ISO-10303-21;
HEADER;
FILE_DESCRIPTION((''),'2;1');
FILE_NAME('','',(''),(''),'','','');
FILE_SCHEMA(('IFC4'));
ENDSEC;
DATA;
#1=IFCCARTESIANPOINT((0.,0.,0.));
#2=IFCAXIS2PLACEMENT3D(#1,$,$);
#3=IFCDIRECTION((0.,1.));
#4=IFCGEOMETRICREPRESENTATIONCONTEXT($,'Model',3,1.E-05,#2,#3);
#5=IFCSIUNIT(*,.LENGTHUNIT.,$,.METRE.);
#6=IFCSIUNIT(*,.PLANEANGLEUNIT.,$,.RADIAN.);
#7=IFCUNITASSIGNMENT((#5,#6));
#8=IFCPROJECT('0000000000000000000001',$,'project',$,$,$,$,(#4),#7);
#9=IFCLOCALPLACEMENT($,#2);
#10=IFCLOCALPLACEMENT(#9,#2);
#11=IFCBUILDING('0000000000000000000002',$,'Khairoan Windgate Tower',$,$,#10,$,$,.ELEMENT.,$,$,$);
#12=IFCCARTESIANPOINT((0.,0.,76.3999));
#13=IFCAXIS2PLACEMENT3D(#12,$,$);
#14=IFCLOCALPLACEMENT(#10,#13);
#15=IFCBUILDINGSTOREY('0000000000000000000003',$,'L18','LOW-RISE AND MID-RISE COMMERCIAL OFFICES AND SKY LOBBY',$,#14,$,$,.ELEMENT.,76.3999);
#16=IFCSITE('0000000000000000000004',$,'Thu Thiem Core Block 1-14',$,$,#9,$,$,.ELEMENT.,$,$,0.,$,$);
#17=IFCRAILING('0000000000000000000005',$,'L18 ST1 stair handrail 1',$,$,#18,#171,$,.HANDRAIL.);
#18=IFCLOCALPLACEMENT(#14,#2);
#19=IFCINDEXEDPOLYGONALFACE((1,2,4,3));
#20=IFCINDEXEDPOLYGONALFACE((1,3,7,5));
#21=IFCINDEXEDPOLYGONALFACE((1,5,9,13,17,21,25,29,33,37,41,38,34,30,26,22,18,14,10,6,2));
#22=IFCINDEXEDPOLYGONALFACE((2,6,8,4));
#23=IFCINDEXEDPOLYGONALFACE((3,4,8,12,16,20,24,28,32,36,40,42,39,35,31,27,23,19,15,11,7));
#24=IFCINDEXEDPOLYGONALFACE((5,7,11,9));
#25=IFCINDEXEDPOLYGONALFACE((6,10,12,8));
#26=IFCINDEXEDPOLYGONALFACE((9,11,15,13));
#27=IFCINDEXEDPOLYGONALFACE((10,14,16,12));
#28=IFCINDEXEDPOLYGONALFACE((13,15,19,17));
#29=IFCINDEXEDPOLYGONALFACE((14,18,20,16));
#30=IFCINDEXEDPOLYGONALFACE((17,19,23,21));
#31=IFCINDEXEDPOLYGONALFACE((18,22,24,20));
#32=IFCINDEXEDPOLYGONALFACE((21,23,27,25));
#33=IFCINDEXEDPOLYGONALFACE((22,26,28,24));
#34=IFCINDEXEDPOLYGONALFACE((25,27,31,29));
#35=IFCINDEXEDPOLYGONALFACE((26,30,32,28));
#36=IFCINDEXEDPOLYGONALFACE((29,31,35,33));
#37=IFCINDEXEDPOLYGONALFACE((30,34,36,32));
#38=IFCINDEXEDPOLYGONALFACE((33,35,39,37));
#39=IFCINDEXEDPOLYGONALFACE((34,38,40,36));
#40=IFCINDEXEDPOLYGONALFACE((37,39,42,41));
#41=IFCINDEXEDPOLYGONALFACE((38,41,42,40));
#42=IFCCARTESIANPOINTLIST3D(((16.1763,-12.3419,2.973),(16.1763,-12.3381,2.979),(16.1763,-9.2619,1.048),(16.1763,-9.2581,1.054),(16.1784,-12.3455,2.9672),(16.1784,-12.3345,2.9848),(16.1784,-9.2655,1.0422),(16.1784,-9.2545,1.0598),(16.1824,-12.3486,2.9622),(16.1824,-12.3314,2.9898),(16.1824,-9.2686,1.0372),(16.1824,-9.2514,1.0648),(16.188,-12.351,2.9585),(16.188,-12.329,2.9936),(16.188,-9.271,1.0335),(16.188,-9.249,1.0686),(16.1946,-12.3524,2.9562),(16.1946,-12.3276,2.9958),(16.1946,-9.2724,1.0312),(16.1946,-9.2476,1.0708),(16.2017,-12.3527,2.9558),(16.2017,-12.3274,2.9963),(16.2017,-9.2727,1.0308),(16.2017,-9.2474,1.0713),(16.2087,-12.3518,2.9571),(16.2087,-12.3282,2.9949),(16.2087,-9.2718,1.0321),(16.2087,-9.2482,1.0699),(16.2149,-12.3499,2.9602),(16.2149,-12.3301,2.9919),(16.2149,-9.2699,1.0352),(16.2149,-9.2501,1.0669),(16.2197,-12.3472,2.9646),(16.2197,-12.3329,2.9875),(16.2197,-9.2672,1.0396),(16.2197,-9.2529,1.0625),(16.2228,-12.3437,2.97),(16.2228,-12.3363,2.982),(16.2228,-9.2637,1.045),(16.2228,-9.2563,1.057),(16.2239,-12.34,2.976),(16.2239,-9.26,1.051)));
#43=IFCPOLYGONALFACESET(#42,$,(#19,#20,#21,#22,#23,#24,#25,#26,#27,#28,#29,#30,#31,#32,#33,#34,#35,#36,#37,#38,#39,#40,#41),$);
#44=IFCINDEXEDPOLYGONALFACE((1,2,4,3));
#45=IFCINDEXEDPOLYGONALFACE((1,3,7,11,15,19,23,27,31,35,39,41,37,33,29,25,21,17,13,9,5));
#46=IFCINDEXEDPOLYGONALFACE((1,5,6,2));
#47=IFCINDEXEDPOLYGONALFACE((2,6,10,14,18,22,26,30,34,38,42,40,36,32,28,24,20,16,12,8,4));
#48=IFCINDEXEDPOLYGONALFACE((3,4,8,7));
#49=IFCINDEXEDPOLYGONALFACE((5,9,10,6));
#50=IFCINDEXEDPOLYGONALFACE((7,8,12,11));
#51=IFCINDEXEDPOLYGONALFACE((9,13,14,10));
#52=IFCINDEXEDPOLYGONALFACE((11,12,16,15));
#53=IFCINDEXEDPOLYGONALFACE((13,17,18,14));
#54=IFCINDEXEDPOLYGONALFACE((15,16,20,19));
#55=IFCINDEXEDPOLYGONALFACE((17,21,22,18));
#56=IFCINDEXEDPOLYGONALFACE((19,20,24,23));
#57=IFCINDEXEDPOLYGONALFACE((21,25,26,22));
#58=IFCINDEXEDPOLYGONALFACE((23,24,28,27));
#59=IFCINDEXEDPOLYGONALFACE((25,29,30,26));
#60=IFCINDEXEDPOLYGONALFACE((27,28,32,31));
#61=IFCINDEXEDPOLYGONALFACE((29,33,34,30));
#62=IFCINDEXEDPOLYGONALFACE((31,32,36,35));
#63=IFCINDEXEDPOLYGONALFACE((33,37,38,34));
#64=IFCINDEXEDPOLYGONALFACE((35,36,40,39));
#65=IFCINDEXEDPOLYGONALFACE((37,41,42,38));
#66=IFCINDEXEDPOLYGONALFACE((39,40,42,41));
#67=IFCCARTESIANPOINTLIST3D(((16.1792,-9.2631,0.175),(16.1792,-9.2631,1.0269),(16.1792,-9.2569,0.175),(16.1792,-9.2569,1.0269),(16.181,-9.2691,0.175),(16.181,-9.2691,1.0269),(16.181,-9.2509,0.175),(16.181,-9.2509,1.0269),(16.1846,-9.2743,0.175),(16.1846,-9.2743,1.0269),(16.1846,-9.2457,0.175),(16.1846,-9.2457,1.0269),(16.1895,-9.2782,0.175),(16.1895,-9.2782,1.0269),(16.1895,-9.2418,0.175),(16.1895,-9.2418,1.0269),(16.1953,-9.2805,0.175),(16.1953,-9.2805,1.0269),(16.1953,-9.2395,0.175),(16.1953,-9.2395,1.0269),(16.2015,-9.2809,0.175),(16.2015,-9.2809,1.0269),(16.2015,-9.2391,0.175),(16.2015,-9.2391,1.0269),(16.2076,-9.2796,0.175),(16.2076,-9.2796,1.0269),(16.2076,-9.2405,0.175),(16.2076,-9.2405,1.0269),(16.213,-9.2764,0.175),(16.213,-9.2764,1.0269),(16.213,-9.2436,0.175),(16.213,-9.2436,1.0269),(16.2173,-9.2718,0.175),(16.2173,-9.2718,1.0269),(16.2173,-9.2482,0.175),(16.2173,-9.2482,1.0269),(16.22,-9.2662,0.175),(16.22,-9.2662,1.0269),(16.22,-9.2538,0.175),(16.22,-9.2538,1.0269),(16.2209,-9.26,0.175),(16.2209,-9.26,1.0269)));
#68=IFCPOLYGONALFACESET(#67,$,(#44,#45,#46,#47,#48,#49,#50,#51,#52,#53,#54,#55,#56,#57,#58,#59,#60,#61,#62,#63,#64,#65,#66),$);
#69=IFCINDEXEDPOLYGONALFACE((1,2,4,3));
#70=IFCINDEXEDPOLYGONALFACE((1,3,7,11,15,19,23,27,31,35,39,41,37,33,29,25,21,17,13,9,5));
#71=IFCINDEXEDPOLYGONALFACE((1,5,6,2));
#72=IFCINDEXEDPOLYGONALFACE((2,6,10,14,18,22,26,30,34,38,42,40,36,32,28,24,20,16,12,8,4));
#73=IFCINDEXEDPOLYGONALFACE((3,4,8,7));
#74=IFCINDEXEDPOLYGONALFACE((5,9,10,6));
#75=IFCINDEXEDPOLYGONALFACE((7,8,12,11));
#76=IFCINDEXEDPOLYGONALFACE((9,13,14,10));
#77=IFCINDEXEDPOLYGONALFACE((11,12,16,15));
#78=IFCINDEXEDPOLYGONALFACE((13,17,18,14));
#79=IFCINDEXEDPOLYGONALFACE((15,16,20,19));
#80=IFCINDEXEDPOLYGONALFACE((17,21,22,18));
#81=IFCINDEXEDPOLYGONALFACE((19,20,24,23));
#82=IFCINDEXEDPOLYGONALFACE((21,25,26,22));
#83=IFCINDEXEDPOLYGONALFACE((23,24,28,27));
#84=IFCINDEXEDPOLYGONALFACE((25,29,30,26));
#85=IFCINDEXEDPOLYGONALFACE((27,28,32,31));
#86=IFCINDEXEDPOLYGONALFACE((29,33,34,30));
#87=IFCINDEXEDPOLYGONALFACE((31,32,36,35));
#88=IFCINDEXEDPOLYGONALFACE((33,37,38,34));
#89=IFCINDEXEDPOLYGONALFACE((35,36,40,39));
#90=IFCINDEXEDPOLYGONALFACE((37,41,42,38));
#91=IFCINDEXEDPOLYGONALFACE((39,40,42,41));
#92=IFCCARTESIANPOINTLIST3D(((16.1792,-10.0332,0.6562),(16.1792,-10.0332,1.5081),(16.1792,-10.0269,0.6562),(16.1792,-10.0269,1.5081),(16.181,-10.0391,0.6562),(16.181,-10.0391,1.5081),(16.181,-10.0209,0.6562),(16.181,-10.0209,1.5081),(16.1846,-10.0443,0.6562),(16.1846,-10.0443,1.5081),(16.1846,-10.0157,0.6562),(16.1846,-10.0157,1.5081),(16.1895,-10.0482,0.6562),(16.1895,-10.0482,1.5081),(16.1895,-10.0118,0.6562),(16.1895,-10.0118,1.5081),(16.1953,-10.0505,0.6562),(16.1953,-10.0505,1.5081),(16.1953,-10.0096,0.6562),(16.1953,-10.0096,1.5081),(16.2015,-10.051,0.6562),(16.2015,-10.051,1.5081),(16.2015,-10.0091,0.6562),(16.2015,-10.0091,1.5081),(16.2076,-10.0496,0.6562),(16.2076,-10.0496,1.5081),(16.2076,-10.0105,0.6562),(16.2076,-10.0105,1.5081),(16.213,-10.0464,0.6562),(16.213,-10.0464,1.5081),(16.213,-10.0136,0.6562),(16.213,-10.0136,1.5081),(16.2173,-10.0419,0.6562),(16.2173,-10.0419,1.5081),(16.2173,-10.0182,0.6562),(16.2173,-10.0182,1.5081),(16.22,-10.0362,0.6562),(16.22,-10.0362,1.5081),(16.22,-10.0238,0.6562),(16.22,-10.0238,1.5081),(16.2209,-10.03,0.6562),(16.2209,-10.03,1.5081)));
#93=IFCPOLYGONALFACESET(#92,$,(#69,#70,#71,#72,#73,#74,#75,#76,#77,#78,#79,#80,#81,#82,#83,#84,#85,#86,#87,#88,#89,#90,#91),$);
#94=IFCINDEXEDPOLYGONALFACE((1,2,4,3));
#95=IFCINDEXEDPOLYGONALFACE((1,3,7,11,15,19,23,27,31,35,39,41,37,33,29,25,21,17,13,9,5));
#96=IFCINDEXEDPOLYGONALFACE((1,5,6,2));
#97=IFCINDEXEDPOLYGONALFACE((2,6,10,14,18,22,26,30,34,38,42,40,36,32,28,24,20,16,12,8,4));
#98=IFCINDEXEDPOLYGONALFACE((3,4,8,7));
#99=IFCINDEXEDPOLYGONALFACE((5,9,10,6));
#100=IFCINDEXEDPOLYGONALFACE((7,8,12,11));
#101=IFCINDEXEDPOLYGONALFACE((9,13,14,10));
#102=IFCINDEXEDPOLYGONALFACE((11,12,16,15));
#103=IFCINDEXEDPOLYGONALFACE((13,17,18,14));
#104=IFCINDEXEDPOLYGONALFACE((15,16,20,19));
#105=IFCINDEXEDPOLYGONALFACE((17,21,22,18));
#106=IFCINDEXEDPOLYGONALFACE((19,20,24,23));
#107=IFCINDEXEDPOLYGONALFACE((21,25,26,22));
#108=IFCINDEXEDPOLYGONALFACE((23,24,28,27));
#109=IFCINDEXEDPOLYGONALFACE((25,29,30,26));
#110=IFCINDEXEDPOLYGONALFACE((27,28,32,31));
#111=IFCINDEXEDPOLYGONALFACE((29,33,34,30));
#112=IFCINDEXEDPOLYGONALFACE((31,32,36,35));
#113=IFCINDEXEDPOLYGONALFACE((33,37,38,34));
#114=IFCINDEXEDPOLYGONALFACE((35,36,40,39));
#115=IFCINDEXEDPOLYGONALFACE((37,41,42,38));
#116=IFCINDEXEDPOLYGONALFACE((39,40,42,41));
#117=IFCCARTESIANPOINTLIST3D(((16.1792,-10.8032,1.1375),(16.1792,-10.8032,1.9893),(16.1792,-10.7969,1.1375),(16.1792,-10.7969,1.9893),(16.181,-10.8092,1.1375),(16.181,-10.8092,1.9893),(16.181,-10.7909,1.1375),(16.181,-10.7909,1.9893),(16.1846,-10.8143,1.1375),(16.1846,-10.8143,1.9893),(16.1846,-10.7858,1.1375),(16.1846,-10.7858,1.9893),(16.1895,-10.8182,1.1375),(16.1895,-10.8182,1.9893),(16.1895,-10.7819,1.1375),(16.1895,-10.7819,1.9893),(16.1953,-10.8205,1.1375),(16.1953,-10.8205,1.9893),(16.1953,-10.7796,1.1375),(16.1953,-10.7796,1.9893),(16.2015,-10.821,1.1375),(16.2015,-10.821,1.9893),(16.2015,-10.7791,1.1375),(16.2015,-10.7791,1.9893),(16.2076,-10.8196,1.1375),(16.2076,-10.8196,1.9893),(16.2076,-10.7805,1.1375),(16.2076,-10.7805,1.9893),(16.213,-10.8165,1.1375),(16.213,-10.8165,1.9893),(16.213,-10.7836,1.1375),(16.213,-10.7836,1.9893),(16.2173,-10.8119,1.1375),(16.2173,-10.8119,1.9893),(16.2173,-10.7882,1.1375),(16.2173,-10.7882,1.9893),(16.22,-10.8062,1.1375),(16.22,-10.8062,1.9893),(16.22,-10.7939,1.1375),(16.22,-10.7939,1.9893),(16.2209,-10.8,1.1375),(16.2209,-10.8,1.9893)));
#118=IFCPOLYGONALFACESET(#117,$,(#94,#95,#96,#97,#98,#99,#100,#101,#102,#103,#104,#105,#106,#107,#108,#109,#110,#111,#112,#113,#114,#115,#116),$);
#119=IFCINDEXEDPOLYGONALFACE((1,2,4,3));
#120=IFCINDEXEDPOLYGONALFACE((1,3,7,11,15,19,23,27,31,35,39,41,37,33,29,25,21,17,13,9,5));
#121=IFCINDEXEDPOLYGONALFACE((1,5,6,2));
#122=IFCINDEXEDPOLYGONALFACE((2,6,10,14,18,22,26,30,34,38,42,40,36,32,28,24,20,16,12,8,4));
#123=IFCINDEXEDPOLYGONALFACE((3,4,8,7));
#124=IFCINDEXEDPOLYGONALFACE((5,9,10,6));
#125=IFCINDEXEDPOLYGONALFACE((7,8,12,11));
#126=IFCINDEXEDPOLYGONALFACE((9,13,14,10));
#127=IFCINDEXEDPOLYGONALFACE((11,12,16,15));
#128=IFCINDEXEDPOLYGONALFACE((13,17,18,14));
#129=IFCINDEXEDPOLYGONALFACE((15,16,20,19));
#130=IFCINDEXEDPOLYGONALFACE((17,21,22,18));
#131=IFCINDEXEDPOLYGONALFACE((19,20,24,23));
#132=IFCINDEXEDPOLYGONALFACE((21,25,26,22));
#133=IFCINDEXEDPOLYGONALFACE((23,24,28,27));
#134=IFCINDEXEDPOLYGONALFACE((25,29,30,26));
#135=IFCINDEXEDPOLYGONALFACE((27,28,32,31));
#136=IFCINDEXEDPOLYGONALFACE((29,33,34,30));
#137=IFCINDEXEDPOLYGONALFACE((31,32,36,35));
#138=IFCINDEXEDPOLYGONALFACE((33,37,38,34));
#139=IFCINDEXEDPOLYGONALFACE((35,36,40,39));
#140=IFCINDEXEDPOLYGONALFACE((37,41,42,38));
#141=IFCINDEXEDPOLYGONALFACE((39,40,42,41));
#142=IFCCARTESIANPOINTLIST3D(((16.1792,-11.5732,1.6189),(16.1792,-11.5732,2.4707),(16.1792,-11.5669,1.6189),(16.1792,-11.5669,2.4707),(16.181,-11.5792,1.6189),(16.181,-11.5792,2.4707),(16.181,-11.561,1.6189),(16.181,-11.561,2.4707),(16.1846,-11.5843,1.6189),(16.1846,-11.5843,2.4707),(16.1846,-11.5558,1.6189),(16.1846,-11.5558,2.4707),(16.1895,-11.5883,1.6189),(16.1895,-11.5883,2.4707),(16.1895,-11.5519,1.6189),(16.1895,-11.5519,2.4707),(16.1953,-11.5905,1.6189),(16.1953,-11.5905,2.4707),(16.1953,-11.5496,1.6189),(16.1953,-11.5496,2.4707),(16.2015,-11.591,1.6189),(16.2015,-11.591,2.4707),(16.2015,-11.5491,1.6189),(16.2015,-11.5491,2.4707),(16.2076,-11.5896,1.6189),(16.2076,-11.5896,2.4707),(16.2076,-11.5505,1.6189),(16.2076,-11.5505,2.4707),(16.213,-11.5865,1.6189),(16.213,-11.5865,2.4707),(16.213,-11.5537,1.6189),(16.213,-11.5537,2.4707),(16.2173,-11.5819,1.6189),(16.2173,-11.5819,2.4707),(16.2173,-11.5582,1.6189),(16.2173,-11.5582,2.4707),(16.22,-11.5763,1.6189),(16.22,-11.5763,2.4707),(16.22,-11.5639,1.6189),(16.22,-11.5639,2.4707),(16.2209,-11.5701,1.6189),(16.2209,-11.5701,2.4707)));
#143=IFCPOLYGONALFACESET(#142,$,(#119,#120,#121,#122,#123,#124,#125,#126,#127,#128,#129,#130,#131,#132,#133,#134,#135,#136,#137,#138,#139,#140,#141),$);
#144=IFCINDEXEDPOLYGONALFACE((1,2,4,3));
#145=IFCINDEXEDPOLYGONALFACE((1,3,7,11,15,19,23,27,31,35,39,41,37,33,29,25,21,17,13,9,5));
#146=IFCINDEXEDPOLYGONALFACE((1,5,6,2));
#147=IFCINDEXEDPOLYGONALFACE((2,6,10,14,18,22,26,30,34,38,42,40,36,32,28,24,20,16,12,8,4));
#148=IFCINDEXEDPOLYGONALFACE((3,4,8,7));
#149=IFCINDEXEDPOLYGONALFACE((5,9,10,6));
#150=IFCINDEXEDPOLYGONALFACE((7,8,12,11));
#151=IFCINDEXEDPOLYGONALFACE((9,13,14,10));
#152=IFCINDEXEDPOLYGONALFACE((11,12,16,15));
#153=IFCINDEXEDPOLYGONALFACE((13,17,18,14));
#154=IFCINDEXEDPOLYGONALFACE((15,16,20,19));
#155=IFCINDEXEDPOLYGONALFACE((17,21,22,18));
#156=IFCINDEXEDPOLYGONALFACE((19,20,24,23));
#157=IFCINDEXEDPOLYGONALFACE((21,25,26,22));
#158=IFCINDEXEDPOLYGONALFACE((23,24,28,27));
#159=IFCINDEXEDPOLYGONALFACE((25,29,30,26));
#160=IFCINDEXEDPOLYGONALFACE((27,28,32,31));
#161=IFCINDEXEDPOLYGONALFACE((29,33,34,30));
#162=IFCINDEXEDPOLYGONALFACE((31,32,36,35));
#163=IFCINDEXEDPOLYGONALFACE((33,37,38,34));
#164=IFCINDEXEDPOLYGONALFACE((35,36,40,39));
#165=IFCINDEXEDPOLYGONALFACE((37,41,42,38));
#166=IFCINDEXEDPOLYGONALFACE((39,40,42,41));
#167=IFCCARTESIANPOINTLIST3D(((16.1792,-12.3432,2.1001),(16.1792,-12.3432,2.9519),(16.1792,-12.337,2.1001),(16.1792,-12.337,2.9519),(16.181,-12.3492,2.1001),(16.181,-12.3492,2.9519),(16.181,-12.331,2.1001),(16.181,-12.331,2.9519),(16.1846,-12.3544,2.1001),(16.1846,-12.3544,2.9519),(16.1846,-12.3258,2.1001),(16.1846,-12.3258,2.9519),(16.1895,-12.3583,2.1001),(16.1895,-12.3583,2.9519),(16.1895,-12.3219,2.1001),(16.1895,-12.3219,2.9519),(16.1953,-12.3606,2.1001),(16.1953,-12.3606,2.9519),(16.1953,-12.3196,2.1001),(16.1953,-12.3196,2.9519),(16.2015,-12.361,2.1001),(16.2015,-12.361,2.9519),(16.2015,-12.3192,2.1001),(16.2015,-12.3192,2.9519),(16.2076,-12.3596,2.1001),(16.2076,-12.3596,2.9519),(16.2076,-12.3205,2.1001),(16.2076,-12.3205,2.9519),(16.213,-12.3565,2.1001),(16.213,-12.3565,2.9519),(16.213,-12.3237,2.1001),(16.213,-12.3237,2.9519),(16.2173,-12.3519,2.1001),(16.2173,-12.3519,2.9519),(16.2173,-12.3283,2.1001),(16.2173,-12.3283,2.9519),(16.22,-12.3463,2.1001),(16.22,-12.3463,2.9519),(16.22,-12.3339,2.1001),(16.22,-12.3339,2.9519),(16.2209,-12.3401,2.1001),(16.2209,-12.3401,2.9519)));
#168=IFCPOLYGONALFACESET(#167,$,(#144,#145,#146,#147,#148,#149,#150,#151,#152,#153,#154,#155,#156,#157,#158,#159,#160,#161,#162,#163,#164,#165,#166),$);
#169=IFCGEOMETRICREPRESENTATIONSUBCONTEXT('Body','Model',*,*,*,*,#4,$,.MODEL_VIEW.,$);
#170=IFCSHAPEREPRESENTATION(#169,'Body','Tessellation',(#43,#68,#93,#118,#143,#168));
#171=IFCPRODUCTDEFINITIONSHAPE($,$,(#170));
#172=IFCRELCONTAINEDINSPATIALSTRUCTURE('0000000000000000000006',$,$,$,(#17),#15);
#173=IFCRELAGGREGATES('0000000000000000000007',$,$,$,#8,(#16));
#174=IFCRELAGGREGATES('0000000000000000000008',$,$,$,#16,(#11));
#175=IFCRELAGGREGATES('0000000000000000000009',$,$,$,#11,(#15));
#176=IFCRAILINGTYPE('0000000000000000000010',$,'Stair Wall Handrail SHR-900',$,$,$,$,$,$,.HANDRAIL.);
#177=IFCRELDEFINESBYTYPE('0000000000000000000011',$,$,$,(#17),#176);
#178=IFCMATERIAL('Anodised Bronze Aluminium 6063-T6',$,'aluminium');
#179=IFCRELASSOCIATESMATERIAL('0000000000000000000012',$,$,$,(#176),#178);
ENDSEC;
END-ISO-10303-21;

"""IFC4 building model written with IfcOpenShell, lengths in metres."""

from ifc_helpers import new_model, si_unit, direction, frame, origin, origin_2d, place, context, subcontext, project, spatial, circle, extrude, material, type_object, element, save


model = new_model("IFC4")

# Units and contexts
model_context = context("Model", 3, precision=1e-05, world=origin(), true_north=direction((0.0, 1.0)))
body_context = subcontext(model_context, "Body", "Model", "MODEL_VIEW")
ifc_project = project(units=[si_unit("LENGTHUNIT", "METRE"), si_unit("PLANEANGLEUNIT", "RADIAN")], contexts=[model_context])

# Site, building, storey
site_placement = place(None, origin())
site = spatial("IfcSite", under=ifc_project, at=site_placement, Name="Thu Thiem Core Block 1-14", CompositionType="ELEMENT", RefElevation=0.0)
building_placement = place(site_placement, origin())
building = spatial("IfcBuilding", under=site, at=building_placement, Name="Khairoan Windgate Tower", CompositionType="ELEMENT")
storey_placement = place(building_placement, frame((0.0, 0.0, 76.3999)))
storey = spatial("IfcBuildingStorey", under=building, at=storey_placement, Name="L18", Description="LOW-RISE AND MID-RISE COMMERCIAL OFFICES AND SKY LOBBY", CompositionType="ELEMENT", Elevation=76.3999)

# Railing
ifc_material_1 = material(Name="Anodised Bronze Aluminium 6063-T6", Category="aluminium")
railing_type_1 = type_object("IfcRailingType", Name="Stair Wall Handrail SHR-900", PredefinedType="HANDRAIL", material=ifc_material_1)
railing_1_placement = place(storey_placement, frame((16.2, -9.26, 0.175)))
element("IfcRailing", 1, at=railing_1_placement, inside=storey, type_object=railing_type_1, Name="L18 ST1 stair handrail 1", PredefinedType="HANDRAIL", context=body_context, shape_type="SweptSolid", body=[
    extrude(circle(Radius=0.0239, at=origin_2d()), frame((0.0, 0.0, 0.876), z_axis=(0.0, -0.847998, 0.529999), x_axis=(1.0, 0.0, 0.0)), (0.0, 0.0, 1.0), 3.6321),
    extrude(circle(Radius=0.021, at=origin_2d()), origin(), (0.0, 0.0, 1.0), 0.8518),
    extrude(circle(Radius=0.021, at=origin_2d()), frame((0.0, -0.77, 0.4812)), (0.0, 0.0, 1.0), 0.8518),
    extrude(circle(Radius=0.021, at=origin_2d()), frame((0.0, -1.54, 0.9624)), (0.0, 0.0, 1.0), 0.8518),
    extrude(circle(Radius=0.021, at=origin_2d()), frame((0.0, -2.3101, 1.4438)), (0.0, 0.0, 1.0), 0.8518),
    extrude(circle(Radius=0.021, at=origin_2d()), frame((0.0, -3.0801, 1.925)), (0.0, 0.0, 1.0), 0.8518),
])

save(model, "model.ifc")
